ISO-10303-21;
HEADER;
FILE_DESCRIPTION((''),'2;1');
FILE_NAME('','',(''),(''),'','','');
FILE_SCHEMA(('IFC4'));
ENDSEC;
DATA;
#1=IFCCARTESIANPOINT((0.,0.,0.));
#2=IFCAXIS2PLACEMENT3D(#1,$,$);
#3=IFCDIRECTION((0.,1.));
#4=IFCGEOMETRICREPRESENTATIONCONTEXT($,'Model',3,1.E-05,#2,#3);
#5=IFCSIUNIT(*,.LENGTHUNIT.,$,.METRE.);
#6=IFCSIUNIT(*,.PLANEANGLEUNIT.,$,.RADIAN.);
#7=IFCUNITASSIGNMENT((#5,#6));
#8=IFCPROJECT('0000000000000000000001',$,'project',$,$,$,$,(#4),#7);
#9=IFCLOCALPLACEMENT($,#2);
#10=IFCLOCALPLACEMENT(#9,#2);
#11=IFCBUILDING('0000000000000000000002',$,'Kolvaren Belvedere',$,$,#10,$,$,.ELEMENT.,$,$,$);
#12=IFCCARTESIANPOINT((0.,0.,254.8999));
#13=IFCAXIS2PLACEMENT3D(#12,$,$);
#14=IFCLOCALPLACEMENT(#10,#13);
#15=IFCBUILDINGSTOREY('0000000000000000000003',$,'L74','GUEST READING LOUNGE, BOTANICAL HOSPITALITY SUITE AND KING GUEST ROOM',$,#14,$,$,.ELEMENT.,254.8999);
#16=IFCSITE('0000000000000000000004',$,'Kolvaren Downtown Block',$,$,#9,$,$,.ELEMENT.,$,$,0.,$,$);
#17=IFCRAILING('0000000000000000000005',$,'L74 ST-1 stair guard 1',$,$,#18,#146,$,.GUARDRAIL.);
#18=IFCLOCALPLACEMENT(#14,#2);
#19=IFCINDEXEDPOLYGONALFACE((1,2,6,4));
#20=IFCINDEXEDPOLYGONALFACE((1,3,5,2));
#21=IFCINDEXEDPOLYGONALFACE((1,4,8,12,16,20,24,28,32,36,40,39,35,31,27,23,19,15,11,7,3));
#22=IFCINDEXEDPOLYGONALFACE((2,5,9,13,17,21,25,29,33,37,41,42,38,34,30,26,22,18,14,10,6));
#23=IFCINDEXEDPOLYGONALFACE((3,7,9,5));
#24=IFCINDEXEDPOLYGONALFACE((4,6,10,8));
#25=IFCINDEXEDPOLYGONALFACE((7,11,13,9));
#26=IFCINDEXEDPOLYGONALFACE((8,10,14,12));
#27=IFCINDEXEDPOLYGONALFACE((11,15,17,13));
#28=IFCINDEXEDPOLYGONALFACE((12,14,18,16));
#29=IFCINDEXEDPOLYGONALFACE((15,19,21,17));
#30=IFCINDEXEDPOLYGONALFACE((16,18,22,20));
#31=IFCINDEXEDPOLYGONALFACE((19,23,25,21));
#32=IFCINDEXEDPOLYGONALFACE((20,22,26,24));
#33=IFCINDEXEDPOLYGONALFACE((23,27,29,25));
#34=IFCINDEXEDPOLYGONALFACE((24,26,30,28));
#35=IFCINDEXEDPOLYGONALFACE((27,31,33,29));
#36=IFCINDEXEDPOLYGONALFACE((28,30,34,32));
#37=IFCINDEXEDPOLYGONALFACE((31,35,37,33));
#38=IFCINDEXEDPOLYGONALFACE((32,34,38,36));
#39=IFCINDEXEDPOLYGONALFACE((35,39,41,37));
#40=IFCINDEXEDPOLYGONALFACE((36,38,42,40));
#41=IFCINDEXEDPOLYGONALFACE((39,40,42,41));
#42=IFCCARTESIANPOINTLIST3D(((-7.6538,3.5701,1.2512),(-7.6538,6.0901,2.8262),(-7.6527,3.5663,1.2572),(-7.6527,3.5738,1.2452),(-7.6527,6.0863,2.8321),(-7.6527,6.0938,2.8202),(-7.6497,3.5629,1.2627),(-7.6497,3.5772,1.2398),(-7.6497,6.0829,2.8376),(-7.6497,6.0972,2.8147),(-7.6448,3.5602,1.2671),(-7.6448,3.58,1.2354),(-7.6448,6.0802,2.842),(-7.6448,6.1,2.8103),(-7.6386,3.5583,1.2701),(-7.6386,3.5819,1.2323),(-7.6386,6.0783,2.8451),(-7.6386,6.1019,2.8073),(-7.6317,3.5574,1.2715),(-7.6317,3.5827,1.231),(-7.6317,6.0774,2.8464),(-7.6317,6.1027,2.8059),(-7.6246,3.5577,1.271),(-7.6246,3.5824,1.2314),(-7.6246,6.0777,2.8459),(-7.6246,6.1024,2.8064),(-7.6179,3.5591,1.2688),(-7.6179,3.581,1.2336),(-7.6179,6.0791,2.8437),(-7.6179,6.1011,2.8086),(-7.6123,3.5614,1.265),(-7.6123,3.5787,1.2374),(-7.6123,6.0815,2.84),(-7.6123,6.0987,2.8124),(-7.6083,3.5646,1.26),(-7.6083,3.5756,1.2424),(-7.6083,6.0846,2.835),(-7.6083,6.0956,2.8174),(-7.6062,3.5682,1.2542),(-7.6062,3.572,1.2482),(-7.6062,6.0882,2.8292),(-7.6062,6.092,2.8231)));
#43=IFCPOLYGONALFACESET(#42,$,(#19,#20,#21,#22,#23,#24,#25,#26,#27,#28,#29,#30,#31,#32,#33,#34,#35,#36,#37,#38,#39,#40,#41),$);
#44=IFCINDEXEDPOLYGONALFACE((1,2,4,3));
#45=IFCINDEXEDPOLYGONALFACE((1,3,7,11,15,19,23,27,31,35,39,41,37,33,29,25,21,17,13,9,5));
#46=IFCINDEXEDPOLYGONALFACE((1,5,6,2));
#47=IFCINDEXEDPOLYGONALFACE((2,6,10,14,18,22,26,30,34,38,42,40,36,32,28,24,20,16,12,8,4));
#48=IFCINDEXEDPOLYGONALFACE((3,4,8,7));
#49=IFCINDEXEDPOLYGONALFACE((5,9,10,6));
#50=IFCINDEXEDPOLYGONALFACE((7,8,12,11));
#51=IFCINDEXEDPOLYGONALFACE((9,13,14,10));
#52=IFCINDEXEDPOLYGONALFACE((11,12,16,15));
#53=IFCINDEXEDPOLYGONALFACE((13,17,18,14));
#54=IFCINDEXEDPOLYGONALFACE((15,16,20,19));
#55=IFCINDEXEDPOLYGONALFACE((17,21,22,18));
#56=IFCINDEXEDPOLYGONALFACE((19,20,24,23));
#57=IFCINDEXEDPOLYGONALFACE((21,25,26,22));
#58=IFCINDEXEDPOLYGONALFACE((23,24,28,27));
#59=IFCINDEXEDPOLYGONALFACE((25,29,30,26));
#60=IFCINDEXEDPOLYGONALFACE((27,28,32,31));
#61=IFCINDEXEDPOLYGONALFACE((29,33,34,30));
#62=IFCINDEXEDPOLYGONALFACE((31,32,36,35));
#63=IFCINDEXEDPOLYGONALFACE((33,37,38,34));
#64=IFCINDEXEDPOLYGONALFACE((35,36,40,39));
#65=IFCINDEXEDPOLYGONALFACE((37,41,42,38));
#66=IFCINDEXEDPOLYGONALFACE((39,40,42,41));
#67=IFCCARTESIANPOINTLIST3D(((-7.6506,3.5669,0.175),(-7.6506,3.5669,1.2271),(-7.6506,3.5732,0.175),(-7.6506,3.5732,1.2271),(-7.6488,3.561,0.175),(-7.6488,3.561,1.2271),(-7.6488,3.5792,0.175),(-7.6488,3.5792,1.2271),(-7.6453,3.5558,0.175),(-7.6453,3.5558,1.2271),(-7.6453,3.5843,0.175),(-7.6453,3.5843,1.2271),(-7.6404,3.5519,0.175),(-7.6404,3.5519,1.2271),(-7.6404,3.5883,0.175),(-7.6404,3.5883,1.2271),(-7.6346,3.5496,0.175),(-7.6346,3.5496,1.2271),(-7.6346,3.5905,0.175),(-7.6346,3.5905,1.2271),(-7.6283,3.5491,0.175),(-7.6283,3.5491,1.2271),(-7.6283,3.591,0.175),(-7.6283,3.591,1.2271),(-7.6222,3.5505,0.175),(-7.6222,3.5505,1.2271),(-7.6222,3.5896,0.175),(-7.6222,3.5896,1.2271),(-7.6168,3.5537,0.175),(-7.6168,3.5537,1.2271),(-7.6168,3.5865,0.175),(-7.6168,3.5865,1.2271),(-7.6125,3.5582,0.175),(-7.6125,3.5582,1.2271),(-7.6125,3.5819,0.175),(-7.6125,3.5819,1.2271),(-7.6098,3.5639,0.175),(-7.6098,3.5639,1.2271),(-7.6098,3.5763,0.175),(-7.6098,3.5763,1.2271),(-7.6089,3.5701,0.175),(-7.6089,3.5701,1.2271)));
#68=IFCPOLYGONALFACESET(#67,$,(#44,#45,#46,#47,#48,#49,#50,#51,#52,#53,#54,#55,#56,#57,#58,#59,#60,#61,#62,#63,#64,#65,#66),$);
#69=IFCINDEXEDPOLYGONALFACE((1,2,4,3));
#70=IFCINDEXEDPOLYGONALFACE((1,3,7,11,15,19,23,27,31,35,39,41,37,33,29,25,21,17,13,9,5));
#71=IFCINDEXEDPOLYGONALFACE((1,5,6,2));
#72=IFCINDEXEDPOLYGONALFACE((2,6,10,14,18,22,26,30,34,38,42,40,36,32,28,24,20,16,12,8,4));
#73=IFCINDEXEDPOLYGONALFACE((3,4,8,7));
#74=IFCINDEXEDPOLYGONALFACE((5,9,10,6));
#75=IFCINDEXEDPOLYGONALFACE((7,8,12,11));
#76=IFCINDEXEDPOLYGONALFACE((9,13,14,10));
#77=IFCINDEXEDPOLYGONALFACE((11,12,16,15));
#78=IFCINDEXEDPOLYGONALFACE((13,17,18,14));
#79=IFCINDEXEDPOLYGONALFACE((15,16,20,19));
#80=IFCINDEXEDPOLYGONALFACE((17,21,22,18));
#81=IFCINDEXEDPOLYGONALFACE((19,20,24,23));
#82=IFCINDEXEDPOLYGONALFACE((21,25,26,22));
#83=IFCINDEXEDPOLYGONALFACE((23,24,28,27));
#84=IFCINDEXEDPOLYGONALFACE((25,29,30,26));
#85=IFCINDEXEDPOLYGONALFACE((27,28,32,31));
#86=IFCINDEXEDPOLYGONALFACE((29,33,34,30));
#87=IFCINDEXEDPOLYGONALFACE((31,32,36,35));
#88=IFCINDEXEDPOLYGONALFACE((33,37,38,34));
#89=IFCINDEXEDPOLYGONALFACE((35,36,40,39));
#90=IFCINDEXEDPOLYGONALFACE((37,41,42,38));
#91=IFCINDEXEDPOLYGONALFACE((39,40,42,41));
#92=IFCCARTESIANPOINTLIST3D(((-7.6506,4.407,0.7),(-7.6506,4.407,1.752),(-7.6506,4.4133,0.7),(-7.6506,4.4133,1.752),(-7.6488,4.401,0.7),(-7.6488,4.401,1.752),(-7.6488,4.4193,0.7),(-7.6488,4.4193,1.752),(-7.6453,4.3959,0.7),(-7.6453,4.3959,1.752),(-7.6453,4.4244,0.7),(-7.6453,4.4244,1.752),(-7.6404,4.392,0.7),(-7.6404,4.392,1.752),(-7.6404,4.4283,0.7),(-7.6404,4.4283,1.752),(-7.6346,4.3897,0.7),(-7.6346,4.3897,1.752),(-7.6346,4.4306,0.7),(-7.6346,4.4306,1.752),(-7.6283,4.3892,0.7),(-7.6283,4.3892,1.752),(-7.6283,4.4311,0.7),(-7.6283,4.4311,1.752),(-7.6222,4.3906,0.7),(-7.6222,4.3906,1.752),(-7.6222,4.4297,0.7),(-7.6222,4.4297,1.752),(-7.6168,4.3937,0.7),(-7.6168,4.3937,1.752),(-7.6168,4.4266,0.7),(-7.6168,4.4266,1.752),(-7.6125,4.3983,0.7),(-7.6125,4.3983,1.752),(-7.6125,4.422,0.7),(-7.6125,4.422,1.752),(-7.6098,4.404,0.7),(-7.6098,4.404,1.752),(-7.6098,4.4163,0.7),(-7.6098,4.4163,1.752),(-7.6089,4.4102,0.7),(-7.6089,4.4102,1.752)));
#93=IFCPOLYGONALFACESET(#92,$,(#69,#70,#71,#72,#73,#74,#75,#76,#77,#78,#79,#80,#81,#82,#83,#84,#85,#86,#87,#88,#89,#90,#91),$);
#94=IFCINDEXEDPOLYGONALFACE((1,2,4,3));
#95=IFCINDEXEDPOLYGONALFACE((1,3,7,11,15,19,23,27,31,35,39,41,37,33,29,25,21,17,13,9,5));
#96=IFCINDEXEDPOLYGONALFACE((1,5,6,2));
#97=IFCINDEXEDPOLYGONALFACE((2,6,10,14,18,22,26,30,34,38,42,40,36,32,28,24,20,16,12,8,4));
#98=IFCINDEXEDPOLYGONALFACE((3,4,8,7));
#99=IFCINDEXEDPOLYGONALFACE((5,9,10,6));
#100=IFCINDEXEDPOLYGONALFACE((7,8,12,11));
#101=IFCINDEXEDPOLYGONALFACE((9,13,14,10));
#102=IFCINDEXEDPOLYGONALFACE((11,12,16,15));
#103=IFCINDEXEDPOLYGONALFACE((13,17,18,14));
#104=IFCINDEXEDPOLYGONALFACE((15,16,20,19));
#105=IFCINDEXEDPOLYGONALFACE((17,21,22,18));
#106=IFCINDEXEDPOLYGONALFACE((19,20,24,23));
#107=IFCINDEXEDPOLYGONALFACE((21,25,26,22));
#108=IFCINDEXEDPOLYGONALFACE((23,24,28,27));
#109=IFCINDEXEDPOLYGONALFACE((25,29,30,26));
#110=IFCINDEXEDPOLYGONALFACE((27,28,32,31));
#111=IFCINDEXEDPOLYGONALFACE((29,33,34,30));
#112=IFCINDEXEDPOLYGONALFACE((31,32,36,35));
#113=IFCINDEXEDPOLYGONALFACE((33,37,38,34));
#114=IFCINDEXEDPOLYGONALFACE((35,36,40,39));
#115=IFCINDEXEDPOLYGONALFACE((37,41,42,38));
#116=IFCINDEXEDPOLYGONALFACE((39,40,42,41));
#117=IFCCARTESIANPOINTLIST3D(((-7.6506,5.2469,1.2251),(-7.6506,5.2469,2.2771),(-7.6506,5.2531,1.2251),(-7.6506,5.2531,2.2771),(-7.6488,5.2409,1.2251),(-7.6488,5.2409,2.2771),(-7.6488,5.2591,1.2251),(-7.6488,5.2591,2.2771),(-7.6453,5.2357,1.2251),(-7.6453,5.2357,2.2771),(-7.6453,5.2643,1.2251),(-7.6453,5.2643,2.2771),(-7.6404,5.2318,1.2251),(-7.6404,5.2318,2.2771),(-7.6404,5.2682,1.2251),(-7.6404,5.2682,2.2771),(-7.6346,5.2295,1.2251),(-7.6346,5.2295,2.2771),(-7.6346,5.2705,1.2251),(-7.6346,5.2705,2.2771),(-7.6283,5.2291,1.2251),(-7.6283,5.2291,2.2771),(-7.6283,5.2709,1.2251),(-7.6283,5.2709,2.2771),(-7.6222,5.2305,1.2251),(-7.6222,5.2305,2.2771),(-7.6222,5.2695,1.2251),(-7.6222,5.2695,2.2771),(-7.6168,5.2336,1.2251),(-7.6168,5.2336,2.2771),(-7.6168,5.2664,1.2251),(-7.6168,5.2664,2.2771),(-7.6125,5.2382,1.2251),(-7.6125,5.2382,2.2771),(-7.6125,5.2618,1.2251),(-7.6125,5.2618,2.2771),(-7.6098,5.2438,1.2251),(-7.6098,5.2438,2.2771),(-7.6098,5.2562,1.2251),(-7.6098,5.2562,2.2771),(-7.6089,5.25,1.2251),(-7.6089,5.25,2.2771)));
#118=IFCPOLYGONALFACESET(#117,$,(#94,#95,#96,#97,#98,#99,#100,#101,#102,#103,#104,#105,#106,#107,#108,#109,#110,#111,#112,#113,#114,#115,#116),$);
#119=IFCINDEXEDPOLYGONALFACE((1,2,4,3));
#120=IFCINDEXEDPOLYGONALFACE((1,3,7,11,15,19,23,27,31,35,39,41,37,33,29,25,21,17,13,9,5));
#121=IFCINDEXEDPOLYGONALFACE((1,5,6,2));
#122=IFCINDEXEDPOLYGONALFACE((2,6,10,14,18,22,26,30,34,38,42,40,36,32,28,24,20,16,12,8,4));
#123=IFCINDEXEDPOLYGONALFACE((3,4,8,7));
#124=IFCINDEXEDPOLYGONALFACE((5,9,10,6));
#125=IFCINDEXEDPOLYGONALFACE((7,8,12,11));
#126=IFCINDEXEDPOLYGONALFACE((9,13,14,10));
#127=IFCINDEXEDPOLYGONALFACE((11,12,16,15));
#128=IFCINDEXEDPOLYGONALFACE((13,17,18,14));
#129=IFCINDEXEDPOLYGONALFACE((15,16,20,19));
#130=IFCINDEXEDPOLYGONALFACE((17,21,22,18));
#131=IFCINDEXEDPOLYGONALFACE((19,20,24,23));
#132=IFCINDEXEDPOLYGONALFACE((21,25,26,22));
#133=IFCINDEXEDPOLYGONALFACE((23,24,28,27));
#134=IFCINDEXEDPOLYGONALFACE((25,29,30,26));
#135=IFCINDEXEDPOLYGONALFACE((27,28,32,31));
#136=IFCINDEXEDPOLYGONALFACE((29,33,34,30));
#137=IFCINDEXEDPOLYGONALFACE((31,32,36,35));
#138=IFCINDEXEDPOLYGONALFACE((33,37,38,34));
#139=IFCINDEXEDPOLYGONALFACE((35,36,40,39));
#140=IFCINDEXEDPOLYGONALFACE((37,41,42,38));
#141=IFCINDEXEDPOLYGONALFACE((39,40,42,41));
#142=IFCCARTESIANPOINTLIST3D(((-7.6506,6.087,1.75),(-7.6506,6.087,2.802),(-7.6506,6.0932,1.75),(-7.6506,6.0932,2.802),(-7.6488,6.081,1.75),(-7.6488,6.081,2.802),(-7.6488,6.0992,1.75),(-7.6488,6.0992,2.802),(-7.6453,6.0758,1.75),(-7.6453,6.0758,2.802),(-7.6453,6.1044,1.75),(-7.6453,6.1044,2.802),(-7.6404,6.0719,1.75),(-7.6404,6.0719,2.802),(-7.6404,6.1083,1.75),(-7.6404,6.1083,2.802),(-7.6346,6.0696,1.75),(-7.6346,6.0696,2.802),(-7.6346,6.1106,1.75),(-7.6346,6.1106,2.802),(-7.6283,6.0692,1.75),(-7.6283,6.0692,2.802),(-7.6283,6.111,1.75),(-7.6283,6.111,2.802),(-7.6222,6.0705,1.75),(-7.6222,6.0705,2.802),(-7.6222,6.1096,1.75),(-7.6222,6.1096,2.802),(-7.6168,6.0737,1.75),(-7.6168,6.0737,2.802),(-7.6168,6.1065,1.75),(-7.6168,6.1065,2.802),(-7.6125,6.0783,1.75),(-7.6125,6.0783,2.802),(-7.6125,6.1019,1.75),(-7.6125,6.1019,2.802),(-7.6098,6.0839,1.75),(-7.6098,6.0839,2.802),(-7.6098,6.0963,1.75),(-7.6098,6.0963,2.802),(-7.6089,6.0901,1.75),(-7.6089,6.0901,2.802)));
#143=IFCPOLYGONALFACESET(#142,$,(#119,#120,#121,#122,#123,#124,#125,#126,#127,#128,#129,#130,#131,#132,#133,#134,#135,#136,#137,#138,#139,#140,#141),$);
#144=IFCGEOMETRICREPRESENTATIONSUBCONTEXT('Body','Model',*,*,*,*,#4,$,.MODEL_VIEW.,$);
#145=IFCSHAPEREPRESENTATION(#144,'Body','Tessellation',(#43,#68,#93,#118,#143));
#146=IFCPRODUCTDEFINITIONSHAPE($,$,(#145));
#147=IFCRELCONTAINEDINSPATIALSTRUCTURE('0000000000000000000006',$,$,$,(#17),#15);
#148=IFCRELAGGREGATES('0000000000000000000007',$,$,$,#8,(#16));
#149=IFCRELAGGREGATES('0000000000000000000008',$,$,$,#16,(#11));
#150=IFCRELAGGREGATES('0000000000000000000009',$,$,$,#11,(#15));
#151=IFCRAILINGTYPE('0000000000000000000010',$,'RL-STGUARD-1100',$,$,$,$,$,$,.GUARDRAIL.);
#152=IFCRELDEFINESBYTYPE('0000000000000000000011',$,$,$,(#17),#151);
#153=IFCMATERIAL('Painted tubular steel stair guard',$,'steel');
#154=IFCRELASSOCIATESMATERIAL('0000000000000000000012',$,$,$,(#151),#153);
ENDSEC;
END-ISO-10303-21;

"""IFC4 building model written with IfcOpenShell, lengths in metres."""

from ifc_helpers import new_model, si_unit, direction, frame, origin, origin_2d, place, context, subcontext, project, spatial, circle, extrude, material, type_object, element, save


model = new_model("IFC4")

# Units and contexts
model_context = context("Model", 3, precision=1e-05, world=origin(), true_north=direction((0.0, 1.0)))
body_context = subcontext(model_context, "Body", "Model", "MODEL_VIEW")
ifc_project = project(units=[si_unit("LENGTHUNIT", "METRE"), si_unit("PLANEANGLEUNIT", "RADIAN")], contexts=[model_context])

# Site, building, storey
site_placement = place(None, origin())
site = spatial("IfcSite", under=ifc_project, at=site_placement, Name="Kolvaren Downtown Block", CompositionType="ELEMENT", RefElevation=0.0)
building_placement = place(site_placement, origin())
building = spatial("IfcBuilding", under=site, at=building_placement, Name="Kolvaren Belvedere", CompositionType="ELEMENT")
storey_placement = place(building_placement, frame((0.0, 0.0, 254.8999)))
storey = spatial("IfcBuildingStorey", under=building, at=storey_placement, Name="L74", Description="GUEST READING LOUNGE, BOTANICAL HOSPITALITY SUITE AND KING GUEST ROOM", CompositionType="ELEMENT", Elevation=254.8999)

# Railing
ifc_material_1 = material(Name="Painted tubular steel stair guard", Category="steel")
railing_type_1 = type_object("IfcRailingType", Name="RL-STGUARD-1100", PredefinedType="GUARDRAIL", material=ifc_material_1)
railing_1_placement = place(storey_placement, frame((-7.6299, 3.5701, 0.175)))
element("IfcRailing", 1, at=railing_1_placement, inside=storey, type_object=railing_type_1, Name="L74 ST-1 stair guard 1", PredefinedType="GUARDRAIL", context=body_context, shape_type="SweptSolid", body=[
    extrude(circle(Radius=0.0239, at=origin_2d()), frame((0.0, 0.0, 1.0762), z_axis=(0.0, 0.848008, 0.529984), x_axis=(-1.0, 0.0, 0.0)), (0.0, 0.0, 1.0), 2.9717),
    extrude(circle(Radius=0.021, at=origin_2d()), origin(), (0.0, 0.0, 1.0), 1.052),
    extrude(circle(Radius=0.021, at=origin_2d()), frame((0.0, 0.8401, 0.5249)), (0.0, 0.0, 1.0), 1.052),
    extrude(circle(Radius=0.021, at=origin_2d()), frame((0.0, 1.6799, 1.05)), (0.0, 0.0, 1.0), 1.052),
    extrude(circle(Radius=0.021, at=origin_2d()), frame((0.0, 2.52, 1.575)), (0.0, 0.0, 1.0), 1.052),
])

save(model, "model.ifc")
